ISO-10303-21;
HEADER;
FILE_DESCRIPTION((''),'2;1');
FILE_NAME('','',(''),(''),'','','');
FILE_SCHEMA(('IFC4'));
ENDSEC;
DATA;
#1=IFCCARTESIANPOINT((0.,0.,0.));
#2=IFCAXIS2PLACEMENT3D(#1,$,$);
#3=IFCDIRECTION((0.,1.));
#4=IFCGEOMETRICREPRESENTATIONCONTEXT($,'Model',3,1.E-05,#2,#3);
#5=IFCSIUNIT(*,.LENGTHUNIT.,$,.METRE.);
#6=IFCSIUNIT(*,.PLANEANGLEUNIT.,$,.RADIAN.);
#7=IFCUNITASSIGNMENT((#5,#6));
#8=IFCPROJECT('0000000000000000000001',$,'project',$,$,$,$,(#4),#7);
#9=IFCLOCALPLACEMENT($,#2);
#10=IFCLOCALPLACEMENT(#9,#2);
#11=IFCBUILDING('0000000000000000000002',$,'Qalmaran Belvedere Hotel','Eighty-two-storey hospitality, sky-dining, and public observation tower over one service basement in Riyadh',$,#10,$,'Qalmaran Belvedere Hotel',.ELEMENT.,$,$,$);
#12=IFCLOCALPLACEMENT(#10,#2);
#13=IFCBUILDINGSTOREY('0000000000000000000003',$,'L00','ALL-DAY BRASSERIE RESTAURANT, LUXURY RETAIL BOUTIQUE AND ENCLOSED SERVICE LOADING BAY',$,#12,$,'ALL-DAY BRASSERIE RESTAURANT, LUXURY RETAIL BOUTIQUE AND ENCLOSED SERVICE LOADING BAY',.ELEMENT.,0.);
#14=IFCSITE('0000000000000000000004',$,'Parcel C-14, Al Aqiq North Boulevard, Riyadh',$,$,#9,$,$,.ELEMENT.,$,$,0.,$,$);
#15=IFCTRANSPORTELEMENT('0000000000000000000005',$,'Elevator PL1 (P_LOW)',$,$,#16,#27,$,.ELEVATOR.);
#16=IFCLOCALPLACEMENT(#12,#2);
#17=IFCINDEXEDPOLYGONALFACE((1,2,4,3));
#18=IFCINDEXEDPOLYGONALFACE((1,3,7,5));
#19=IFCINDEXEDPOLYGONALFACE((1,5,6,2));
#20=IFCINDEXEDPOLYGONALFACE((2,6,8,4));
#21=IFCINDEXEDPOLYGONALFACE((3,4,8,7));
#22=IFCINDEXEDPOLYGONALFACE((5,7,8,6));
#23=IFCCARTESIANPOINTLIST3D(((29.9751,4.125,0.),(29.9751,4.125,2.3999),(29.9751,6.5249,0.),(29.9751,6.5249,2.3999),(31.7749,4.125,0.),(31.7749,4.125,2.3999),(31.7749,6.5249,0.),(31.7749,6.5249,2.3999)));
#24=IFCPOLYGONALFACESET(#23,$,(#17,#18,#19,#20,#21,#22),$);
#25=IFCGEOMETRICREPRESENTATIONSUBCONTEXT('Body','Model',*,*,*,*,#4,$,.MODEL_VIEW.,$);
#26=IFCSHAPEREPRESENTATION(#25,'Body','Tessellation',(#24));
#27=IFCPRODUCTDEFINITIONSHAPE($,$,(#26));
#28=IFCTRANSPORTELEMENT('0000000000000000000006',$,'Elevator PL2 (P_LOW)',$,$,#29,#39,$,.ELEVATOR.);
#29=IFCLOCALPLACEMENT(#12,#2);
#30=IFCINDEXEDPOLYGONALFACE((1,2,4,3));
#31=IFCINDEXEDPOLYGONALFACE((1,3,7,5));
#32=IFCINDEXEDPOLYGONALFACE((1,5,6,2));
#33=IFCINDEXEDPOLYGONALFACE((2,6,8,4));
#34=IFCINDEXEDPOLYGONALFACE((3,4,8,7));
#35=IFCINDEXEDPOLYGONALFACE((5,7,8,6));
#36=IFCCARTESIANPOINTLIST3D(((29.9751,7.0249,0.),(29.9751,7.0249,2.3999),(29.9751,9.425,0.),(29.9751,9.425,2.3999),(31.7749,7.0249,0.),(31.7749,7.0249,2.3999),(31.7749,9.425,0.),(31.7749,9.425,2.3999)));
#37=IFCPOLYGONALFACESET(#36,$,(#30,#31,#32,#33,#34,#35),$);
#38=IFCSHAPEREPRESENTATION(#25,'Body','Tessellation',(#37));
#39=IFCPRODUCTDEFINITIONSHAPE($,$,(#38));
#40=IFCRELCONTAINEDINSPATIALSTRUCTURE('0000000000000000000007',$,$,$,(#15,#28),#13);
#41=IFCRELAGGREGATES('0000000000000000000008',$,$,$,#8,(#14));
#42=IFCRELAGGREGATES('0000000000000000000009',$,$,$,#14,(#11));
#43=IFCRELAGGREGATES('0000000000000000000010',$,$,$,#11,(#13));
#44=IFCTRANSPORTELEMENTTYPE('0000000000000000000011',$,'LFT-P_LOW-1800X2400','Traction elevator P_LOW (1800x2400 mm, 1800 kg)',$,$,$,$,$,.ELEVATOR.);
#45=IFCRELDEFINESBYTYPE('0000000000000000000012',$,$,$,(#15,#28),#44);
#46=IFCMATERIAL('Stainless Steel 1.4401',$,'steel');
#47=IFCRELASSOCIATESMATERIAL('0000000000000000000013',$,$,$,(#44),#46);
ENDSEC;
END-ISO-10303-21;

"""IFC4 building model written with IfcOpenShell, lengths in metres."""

from ifc_helpers import new_model, si_unit, direction, origin, place, context, subcontext, project, spatial, polyline, outline, extrude, material, type_object, element, save


model = new_model("IFC4")

# Units and contexts
model_context = context("Model", 3, precision=1e-05, world=origin(), true_north=direction((0.0, 1.0)))
body_context = subcontext(model_context, "Body", "Model", "MODEL_VIEW")
ifc_project = project(units=[si_unit("LENGTHUNIT", "METRE"), si_unit("PLANEANGLEUNIT", "RADIAN")], contexts=[model_context])

# Site, building, storey
site_placement = place(None, origin())
site = spatial("IfcSite", under=ifc_project, at=site_placement, Name="Parcel C-14, Al Aqiq North Boulevard, Riyadh", CompositionType="ELEMENT", RefElevation=0.0)
building_placement = place(site_placement, origin())
building = spatial("IfcBuilding", under=site, at=building_placement, Name="Qalmaran Belvedere Hotel", Description="Eighty-two-storey hospitality, sky-dining, and public observation tower over one service basement in Riyadh", LongName="Qalmaran Belvedere Hotel", CompositionType="ELEMENT")
storey_placement = place(building_placement, origin())
storey = spatial("IfcBuildingStorey", under=building, at=storey_placement, Name="L00", Description="ALL-DAY BRASSERIE RESTAURANT, LUXURY RETAIL BOUTIQUE AND ENCLOSED SERVICE LOADING BAY", LongName="ALL-DAY BRASSERIE RESTAURANT, LUXURY RETAIL BOUTIQUE AND ENCLOSED SERVICE LOADING BAY", CompositionType="ELEMENT", Elevation=0.0)

# Transport elements
ifc_material_1 = material(Name="Stainless Steel 1.4401", Category="steel")
transport_element_type = type_object("IfcTransportElementType", Name="LFT-P_LOW-1800X2400", Description="Traction elevator P_LOW (1800x2400 mm, 1800 kg)", PredefinedType="ELEVATOR", material=ifc_material_1)
transport_element_1_placement = place(storey_placement, origin())
element("IfcTransportElement", 1, at=transport_element_1_placement, inside=storey, type_object=transport_element_type, Name="Elevator PL1 (P_LOW)", PredefinedType="ELEVATOR", context=body_context, shape_type="SweptSolid", body=[
    extrude(outline(polyline([(29.9751, 4.125), (31.7749, 4.125), (31.7749, 6.5249), (29.9751, 6.5249), (29.9751, 4.125)])), origin(), (0.0, 0.0, 1.0), 2.3999),
])
transport_element_2_placement = place(storey_placement, origin())
element("IfcTransportElement", 2, at=transport_element_2_placement, inside=storey, type_object=transport_element_type, Name="Elevator PL2 (P_LOW)", PredefinedType="ELEVATOR", context=body_context, shape_type="SweptSolid", body=[
    extrude(outline(polyline([(29.9751, 7.0249), (31.7749, 7.0249), (31.7749, 9.425), (29.9751, 9.425), (29.9751, 7.0249)])), origin(), (0.0, 0.0, 1.0), 2.3999),
])

save(model, "model.ifc")
